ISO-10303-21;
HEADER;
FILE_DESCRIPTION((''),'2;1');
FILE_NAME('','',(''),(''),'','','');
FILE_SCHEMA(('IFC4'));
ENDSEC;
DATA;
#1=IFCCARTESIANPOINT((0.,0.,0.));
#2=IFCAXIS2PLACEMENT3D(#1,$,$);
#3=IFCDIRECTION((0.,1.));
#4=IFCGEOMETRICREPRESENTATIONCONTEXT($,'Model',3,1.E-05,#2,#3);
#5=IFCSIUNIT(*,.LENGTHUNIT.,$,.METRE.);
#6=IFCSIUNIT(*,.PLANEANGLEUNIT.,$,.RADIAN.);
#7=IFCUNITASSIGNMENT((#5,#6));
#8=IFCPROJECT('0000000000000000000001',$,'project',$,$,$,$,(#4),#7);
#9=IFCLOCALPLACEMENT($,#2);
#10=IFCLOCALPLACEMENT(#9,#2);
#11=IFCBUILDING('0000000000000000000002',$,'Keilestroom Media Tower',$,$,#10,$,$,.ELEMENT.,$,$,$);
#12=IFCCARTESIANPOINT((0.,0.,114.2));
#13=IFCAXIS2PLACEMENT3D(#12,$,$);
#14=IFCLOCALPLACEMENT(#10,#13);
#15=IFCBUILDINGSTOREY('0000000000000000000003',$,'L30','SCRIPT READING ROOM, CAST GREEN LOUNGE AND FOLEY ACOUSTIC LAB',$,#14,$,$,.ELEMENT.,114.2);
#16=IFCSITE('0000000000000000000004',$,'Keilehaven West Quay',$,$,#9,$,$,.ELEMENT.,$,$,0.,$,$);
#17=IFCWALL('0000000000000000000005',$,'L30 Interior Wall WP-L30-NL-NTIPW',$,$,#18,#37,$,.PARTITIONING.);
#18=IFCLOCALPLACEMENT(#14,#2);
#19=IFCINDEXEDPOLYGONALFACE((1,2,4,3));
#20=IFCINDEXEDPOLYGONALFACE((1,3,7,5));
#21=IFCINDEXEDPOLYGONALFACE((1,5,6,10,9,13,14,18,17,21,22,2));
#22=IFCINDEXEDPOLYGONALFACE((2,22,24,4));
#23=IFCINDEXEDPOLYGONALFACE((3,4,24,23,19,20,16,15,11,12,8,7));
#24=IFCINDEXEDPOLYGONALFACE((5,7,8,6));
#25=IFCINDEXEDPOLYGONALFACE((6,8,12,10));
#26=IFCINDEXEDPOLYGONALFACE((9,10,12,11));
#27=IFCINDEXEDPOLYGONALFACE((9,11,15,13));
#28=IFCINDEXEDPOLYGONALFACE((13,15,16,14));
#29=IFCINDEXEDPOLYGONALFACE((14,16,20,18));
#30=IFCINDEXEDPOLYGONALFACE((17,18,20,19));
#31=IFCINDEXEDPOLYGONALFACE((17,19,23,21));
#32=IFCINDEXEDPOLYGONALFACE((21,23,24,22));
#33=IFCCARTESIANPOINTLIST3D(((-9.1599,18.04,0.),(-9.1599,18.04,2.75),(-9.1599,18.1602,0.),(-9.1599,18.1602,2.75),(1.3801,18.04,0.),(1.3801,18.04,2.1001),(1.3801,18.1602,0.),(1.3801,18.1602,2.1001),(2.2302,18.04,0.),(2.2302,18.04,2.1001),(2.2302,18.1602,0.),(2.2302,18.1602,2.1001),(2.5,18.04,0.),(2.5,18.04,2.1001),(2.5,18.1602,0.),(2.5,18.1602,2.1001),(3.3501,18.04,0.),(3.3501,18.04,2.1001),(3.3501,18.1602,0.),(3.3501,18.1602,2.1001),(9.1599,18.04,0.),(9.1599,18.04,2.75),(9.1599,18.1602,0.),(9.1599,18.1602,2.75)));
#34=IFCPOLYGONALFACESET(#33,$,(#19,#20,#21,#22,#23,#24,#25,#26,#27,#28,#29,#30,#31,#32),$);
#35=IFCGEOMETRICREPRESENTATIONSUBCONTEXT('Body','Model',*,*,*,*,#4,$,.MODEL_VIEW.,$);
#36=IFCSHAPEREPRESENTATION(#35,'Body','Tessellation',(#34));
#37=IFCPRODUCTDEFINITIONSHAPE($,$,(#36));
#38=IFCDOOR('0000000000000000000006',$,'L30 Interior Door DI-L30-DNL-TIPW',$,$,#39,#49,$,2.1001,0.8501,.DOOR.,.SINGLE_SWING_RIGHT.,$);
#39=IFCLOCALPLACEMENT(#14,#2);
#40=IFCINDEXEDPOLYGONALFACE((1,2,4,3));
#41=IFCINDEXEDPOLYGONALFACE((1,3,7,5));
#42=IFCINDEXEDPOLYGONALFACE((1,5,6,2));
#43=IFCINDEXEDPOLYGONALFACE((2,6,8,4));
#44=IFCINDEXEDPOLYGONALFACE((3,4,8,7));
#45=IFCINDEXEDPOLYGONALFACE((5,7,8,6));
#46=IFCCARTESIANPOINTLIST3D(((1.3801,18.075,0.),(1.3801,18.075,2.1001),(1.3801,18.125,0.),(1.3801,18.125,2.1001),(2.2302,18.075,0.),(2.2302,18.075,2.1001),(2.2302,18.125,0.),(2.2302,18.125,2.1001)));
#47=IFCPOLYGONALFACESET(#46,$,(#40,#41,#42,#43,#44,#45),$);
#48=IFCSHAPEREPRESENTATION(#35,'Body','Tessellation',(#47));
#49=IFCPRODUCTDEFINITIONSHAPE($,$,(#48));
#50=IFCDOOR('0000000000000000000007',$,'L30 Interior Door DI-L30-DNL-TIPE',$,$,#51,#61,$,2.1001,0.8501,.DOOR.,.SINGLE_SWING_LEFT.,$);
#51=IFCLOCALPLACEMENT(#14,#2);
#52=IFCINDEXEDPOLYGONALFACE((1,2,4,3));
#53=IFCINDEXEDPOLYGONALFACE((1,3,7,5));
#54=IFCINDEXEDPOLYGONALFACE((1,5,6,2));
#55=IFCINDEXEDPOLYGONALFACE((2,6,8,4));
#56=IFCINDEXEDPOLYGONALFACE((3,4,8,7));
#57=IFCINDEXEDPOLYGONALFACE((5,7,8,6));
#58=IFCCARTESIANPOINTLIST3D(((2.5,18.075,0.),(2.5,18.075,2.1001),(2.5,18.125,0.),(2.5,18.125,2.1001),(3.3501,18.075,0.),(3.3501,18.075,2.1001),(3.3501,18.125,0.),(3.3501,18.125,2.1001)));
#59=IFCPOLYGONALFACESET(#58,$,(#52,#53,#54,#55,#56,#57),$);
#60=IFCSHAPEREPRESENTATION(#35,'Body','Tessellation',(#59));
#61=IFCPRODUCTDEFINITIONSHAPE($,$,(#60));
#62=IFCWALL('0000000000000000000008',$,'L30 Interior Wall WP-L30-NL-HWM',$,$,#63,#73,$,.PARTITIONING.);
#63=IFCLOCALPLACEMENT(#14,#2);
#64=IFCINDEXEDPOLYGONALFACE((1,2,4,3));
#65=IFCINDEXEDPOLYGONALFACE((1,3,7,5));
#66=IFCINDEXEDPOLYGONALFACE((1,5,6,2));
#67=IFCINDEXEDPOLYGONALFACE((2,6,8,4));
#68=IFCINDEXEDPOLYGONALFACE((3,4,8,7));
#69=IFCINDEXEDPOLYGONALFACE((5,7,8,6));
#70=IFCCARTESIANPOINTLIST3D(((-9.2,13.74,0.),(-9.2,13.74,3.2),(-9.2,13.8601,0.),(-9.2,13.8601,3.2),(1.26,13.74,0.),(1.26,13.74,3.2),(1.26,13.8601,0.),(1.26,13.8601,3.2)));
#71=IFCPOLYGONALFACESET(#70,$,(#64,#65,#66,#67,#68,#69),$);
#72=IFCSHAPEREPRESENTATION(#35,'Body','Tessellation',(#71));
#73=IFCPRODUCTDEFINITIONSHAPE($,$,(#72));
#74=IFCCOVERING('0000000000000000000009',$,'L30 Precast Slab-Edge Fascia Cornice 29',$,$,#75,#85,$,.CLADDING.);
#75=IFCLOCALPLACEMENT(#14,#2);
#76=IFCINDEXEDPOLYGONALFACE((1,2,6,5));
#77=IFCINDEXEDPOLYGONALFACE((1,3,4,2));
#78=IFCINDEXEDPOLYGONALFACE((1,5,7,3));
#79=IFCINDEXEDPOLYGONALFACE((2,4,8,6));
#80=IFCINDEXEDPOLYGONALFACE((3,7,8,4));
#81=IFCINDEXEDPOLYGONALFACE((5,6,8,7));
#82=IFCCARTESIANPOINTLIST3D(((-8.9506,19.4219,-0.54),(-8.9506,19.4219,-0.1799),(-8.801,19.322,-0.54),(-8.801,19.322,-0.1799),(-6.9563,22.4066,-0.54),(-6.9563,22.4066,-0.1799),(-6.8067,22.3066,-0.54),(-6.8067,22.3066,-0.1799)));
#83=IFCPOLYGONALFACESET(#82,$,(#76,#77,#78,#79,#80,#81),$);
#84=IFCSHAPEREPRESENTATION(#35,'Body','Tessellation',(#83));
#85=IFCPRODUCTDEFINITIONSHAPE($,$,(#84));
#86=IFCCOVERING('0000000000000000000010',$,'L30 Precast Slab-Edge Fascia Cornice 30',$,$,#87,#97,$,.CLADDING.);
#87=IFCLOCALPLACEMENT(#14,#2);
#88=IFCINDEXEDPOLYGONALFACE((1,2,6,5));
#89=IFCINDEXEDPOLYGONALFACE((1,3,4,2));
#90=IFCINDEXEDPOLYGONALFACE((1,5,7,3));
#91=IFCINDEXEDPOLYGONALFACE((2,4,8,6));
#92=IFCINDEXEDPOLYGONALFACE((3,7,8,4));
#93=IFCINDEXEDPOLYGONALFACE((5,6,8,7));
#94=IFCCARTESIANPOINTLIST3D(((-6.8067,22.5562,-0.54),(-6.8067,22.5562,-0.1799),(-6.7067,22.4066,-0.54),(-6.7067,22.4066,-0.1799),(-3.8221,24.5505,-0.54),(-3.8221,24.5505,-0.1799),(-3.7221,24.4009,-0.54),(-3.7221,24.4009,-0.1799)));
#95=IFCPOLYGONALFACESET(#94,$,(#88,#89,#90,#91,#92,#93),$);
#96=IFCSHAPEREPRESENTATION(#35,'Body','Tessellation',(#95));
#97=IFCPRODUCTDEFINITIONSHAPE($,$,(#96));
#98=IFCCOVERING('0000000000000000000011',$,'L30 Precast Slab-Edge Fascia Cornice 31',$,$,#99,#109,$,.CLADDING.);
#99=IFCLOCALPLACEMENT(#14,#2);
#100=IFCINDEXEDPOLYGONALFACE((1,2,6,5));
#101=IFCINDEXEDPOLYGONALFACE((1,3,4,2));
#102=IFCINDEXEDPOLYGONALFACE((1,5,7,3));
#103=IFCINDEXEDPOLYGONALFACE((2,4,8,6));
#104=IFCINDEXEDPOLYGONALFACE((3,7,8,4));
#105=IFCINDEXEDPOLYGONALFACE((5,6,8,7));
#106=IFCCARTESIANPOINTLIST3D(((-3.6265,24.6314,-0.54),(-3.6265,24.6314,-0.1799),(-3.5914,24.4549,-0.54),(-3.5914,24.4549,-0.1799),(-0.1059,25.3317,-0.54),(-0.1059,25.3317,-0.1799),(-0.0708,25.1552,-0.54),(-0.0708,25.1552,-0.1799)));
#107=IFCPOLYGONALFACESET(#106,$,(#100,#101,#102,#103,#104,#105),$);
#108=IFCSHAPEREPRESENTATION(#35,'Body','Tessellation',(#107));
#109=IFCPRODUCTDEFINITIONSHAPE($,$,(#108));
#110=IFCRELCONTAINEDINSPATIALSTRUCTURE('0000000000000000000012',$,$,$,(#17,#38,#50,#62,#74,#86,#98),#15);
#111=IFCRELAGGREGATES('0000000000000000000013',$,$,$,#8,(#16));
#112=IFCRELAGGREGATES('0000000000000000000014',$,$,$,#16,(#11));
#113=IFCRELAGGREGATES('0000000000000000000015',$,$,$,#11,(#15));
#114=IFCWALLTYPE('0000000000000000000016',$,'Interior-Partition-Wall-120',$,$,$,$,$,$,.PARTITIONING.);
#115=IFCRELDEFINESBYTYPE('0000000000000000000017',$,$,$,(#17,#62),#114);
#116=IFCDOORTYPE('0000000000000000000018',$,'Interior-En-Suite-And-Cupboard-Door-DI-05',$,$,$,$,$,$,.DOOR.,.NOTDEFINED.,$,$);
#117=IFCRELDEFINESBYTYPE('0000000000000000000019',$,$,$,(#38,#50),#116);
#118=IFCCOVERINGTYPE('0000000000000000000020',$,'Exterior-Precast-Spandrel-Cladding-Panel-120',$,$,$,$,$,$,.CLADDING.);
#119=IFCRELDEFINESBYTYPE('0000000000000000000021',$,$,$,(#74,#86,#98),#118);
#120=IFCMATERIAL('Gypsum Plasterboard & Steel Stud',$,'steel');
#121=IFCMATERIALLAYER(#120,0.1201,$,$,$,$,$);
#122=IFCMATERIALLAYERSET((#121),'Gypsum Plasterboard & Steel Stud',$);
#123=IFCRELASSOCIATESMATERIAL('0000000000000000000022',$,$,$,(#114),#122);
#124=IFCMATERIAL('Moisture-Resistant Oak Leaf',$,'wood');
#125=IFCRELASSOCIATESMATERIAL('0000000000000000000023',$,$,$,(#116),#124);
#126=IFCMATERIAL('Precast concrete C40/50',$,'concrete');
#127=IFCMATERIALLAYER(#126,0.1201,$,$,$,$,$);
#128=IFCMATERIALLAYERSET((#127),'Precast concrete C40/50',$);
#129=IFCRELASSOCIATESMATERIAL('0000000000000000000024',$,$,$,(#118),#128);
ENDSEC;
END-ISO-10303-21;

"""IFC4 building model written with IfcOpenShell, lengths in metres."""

from ifc_helpers import new_model, si_unit, direction, frame, frame_2d, origin, origin_2d, place, context, subcontext, project, spatial, rectangle, extrude, source, transform, mapped, material, layer, layer_set, type_object, element, fill, save


model = new_model("IFC4")

# Units and contexts
model_context = context("Model", 3, precision=1e-05, world=origin(), true_north=direction((0.0, 1.0)))
body_context = subcontext(model_context, "Body", "Model", "MODEL_VIEW")
ifc_project = project(units=[si_unit("LENGTHUNIT", "METRE"), si_unit("PLANEANGLEUNIT", "RADIAN")], contexts=[model_context])

# Site, building, storey
site_placement = place(None, origin())
site = spatial("IfcSite", under=ifc_project, at=site_placement, Name="Keilehaven West Quay", CompositionType="ELEMENT", RefElevation=0.0)
building_placement = place(site_placement, origin())
building = spatial("IfcBuilding", under=site, at=building_placement, Name="Keilestroom Media Tower", CompositionType="ELEMENT")
storey_placement = place(building_placement, frame((0.0, 0.0, 114.2)))
storey = spatial("IfcBuildingStorey", under=building, at=storey_placement, Name="L30", Description="SCRIPT READING ROOM, CAST GREEN LOUNGE AND FOLEY ACOUSTIC LAB", CompositionType="ELEMENT", Elevation=114.2)

# Shared definitions
ifc_material_1 = material(Name="Precast concrete C40/50", Category="concrete")

# Wall, openings, doors
ifc_material_2 = material(Name="Gypsum Plasterboard & Steel Stud", Category="steel")
ifc_layer_1 = layer(ifc_material_2, 0.1201)
ifc_layer_set_1 = layer_set([ifc_layer_1], Name="Gypsum Plasterboard & Steel Stud")
wall_type_1 = type_object("IfcWallType", Name="Interior-Partition-Wall-120", PredefinedType="PARTITIONING", material=ifc_layer_set_1)
wall_1_placement = place(storey_placement, frame((-9.1599, 18.1001, 0.0), z_axis=(0.0, 0.0, 1.0), x_axis=(1.0, 0.0, 0.0)))
wall_1 = element("IfcWall", 1, at=wall_1_placement, inside=storey, type_object=wall_type_1, Name="L30 Interior Wall WP-L30-NL-NTIPW", PredefinedType="PARTITIONING", context=body_context, shape_type="SweptSolid", body=[
    extrude(rectangle(XDim=18.3198, YDim=0.1201, at=frame_2d((9.1599, 0.0))), origin(), (0.0, 0.0, 1.0), 2.75),
])
opening_1_placement = place(wall_1_placement, frame((10.54, 0.0, 0.0)))
opening_1 = element("IfcOpeningElement", 2, at=opening_1_placement, cuts=wall_1, PredefinedType="OPENING", context=body_context, shape_type="SweptSolid", body=[
    extrude(rectangle(XDim=0.8501, YDim=2.1001, at=frame_2d((0.425, 1.05))), frame((0.0, 0.0701, 0.0), z_axis=(0.0, -1.0, 0.0), x_axis=(1.0, 0.0, 0.0)), (0.0, 0.0, 1.0), 0.1401),
])
opening_2_placement = place(wall_1_placement, frame((11.6599, 0.0, 0.0)))
opening_2 = element("IfcOpeningElement", 3, at=opening_2_placement, cuts=wall_1, PredefinedType="OPENING", context=body_context, shape_type="SweptSolid", body=[
    extrude(rectangle(XDim=0.8501, YDim=2.1001, at=frame_2d((0.425, 1.05))), frame((0.0, 0.0701, 0.0), z_axis=(0.0, -1.0, 0.0), x_axis=(1.0, 0.0, 0.0)), (0.0, 0.0, 1.0), 0.1401),
])
ifc_material_3 = material(Name="Moisture-Resistant Oak Leaf", Category="wood")
door_type = type_object("IfcDoorType", Name="Interior-En-Suite-And-Cupboard-Door-DI-05", OperationType="NOTDEFINED", PredefinedType="DOOR", material=ifc_material_3)
shared_shape_1 = source(origin(), body_context, "Body", "SweptSolid", [
    extrude(rectangle(XDim=0.8501, YDim=2.1001, at=frame_2d((0.425, 1.05))), frame((0.0, 0.0249, 0.0), z_axis=(0.0, -1.0, 0.0), x_axis=(1.0, 0.0, 0.0)), (0.0, 0.0, 1.0), 0.05),
])
door_1_placement = place(opening_1_placement, origin())
door_1 = element("IfcDoor", 4, at=door_1_placement, inside=storey, type_object=door_type, Name="L30 Interior Door DI-L30-DNL-TIPW", OperationType="SINGLE_SWING_RIGHT", OverallHeight=2.1001, OverallWidth=0.8501, PredefinedType="DOOR", context=body_context, shape_type="MappedRepresentation", body=[
    mapped(shared_shape_1, transform((0.0, 0.0, 0.0), x_axis=(1.0, 0.0, 0.0), y_axis=(0.0, 1.0, 0.0), z_axis=(0.0, 0.0, 1.0), scale=1.0)),
])
fill(opening_1, door_1)
door_2_placement = place(opening_2_placement, origin())
door_2 = element("IfcDoor", 5, at=door_2_placement, inside=storey, type_object=door_type, Name="L30 Interior Door DI-L30-DNL-TIPE", OperationType="SINGLE_SWING_LEFT", OverallHeight=2.1001, OverallWidth=0.8501, PredefinedType="DOOR", context=body_context, shape_type="MappedRepresentation", body=[
    mapped(shared_shape_1, transform((0.0, 0.0, 0.0), x_axis=(1.0, 0.0, 0.0), y_axis=(0.0, 1.0, 0.0), z_axis=(0.0, 0.0, 1.0), scale=1.0)),
])
fill(opening_2, door_2)

# Wall
wall_2_placement = place(storey_placement, frame((-9.2, 13.8, 0.0), z_axis=(0.0, 0.0, 1.0), x_axis=(1.0, 0.0, 0.0)))
element("IfcWall", 6, at=wall_2_placement, inside=storey, type_object=wall_type_1, Name="L30 Interior Wall WP-L30-NL-HWM", PredefinedType="PARTITIONING", context=body_context, shape_type="SweptSolid", body=[
    extrude(rectangle(XDim=10.46, YDim=0.1201, at=frame_2d((5.23, 0.0))), origin(), (0.0, 0.0, 1.0), 3.2),
])

# Coverings
ifc_layer_2 = layer(ifc_material_1, 0.1201)
ifc_layer_set_2 = layer_set([ifc_layer_2], Name="Precast concrete C40/50")
covering_type = type_object("IfcCoveringType", Name="Exterior-Precast-Spandrel-Cladding-Panel-120", PredefinedType="CLADDING", material=ifc_layer_set_2)
shared_shape_2 = source(origin(), body_context, "Body", "SweptSolid", [
    extrude(rectangle(XDim=3.5896, YDim=0.1799, at=origin_2d()), origin(), (0.0, 0.0, 1.0), 0.3601),
])
for number, where, z_axis, x_axis, name in (
    (7, (-7.8787, 20.8643, -0.54), (0.0, 0.0, 1.0), (0.555575, 0.831467, 0.0), "L30 Precast Slab-Edge Fascia Cornice 29"),
    (8, (-5.2644, 23.4785, -0.54), (0.0, 0.0, 1.0), (0.831467, 0.555575, 0.0), "L30 Precast Slab-Edge Fascia Cornice 30"),
    (9, (-1.8486, 24.8933, -0.54), (0.0, 0.0, 1.0), (0.980784, 0.195099, 0.0), "L30 Precast Slab-Edge Fascia Cornice 31"),
):
    element("IfcCovering", number, at=place(storey_placement, frame(where, z_axis=z_axis, x_axis=x_axis)), inside=storey, type_object=covering_type, Name=name, PredefinedType="CLADDING", context=body_context, shape_type="MappedRepresentation", body=[
        mapped(shared_shape_2, transform((0.0, 0.0, 0.0), x_axis=(1.0, 0.0, 0.0), y_axis=(0.0, 1.0, 0.0), z_axis=(0.0, 0.0, 1.0), scale=1.0)),
    ])

save(model, "model.ifc")
